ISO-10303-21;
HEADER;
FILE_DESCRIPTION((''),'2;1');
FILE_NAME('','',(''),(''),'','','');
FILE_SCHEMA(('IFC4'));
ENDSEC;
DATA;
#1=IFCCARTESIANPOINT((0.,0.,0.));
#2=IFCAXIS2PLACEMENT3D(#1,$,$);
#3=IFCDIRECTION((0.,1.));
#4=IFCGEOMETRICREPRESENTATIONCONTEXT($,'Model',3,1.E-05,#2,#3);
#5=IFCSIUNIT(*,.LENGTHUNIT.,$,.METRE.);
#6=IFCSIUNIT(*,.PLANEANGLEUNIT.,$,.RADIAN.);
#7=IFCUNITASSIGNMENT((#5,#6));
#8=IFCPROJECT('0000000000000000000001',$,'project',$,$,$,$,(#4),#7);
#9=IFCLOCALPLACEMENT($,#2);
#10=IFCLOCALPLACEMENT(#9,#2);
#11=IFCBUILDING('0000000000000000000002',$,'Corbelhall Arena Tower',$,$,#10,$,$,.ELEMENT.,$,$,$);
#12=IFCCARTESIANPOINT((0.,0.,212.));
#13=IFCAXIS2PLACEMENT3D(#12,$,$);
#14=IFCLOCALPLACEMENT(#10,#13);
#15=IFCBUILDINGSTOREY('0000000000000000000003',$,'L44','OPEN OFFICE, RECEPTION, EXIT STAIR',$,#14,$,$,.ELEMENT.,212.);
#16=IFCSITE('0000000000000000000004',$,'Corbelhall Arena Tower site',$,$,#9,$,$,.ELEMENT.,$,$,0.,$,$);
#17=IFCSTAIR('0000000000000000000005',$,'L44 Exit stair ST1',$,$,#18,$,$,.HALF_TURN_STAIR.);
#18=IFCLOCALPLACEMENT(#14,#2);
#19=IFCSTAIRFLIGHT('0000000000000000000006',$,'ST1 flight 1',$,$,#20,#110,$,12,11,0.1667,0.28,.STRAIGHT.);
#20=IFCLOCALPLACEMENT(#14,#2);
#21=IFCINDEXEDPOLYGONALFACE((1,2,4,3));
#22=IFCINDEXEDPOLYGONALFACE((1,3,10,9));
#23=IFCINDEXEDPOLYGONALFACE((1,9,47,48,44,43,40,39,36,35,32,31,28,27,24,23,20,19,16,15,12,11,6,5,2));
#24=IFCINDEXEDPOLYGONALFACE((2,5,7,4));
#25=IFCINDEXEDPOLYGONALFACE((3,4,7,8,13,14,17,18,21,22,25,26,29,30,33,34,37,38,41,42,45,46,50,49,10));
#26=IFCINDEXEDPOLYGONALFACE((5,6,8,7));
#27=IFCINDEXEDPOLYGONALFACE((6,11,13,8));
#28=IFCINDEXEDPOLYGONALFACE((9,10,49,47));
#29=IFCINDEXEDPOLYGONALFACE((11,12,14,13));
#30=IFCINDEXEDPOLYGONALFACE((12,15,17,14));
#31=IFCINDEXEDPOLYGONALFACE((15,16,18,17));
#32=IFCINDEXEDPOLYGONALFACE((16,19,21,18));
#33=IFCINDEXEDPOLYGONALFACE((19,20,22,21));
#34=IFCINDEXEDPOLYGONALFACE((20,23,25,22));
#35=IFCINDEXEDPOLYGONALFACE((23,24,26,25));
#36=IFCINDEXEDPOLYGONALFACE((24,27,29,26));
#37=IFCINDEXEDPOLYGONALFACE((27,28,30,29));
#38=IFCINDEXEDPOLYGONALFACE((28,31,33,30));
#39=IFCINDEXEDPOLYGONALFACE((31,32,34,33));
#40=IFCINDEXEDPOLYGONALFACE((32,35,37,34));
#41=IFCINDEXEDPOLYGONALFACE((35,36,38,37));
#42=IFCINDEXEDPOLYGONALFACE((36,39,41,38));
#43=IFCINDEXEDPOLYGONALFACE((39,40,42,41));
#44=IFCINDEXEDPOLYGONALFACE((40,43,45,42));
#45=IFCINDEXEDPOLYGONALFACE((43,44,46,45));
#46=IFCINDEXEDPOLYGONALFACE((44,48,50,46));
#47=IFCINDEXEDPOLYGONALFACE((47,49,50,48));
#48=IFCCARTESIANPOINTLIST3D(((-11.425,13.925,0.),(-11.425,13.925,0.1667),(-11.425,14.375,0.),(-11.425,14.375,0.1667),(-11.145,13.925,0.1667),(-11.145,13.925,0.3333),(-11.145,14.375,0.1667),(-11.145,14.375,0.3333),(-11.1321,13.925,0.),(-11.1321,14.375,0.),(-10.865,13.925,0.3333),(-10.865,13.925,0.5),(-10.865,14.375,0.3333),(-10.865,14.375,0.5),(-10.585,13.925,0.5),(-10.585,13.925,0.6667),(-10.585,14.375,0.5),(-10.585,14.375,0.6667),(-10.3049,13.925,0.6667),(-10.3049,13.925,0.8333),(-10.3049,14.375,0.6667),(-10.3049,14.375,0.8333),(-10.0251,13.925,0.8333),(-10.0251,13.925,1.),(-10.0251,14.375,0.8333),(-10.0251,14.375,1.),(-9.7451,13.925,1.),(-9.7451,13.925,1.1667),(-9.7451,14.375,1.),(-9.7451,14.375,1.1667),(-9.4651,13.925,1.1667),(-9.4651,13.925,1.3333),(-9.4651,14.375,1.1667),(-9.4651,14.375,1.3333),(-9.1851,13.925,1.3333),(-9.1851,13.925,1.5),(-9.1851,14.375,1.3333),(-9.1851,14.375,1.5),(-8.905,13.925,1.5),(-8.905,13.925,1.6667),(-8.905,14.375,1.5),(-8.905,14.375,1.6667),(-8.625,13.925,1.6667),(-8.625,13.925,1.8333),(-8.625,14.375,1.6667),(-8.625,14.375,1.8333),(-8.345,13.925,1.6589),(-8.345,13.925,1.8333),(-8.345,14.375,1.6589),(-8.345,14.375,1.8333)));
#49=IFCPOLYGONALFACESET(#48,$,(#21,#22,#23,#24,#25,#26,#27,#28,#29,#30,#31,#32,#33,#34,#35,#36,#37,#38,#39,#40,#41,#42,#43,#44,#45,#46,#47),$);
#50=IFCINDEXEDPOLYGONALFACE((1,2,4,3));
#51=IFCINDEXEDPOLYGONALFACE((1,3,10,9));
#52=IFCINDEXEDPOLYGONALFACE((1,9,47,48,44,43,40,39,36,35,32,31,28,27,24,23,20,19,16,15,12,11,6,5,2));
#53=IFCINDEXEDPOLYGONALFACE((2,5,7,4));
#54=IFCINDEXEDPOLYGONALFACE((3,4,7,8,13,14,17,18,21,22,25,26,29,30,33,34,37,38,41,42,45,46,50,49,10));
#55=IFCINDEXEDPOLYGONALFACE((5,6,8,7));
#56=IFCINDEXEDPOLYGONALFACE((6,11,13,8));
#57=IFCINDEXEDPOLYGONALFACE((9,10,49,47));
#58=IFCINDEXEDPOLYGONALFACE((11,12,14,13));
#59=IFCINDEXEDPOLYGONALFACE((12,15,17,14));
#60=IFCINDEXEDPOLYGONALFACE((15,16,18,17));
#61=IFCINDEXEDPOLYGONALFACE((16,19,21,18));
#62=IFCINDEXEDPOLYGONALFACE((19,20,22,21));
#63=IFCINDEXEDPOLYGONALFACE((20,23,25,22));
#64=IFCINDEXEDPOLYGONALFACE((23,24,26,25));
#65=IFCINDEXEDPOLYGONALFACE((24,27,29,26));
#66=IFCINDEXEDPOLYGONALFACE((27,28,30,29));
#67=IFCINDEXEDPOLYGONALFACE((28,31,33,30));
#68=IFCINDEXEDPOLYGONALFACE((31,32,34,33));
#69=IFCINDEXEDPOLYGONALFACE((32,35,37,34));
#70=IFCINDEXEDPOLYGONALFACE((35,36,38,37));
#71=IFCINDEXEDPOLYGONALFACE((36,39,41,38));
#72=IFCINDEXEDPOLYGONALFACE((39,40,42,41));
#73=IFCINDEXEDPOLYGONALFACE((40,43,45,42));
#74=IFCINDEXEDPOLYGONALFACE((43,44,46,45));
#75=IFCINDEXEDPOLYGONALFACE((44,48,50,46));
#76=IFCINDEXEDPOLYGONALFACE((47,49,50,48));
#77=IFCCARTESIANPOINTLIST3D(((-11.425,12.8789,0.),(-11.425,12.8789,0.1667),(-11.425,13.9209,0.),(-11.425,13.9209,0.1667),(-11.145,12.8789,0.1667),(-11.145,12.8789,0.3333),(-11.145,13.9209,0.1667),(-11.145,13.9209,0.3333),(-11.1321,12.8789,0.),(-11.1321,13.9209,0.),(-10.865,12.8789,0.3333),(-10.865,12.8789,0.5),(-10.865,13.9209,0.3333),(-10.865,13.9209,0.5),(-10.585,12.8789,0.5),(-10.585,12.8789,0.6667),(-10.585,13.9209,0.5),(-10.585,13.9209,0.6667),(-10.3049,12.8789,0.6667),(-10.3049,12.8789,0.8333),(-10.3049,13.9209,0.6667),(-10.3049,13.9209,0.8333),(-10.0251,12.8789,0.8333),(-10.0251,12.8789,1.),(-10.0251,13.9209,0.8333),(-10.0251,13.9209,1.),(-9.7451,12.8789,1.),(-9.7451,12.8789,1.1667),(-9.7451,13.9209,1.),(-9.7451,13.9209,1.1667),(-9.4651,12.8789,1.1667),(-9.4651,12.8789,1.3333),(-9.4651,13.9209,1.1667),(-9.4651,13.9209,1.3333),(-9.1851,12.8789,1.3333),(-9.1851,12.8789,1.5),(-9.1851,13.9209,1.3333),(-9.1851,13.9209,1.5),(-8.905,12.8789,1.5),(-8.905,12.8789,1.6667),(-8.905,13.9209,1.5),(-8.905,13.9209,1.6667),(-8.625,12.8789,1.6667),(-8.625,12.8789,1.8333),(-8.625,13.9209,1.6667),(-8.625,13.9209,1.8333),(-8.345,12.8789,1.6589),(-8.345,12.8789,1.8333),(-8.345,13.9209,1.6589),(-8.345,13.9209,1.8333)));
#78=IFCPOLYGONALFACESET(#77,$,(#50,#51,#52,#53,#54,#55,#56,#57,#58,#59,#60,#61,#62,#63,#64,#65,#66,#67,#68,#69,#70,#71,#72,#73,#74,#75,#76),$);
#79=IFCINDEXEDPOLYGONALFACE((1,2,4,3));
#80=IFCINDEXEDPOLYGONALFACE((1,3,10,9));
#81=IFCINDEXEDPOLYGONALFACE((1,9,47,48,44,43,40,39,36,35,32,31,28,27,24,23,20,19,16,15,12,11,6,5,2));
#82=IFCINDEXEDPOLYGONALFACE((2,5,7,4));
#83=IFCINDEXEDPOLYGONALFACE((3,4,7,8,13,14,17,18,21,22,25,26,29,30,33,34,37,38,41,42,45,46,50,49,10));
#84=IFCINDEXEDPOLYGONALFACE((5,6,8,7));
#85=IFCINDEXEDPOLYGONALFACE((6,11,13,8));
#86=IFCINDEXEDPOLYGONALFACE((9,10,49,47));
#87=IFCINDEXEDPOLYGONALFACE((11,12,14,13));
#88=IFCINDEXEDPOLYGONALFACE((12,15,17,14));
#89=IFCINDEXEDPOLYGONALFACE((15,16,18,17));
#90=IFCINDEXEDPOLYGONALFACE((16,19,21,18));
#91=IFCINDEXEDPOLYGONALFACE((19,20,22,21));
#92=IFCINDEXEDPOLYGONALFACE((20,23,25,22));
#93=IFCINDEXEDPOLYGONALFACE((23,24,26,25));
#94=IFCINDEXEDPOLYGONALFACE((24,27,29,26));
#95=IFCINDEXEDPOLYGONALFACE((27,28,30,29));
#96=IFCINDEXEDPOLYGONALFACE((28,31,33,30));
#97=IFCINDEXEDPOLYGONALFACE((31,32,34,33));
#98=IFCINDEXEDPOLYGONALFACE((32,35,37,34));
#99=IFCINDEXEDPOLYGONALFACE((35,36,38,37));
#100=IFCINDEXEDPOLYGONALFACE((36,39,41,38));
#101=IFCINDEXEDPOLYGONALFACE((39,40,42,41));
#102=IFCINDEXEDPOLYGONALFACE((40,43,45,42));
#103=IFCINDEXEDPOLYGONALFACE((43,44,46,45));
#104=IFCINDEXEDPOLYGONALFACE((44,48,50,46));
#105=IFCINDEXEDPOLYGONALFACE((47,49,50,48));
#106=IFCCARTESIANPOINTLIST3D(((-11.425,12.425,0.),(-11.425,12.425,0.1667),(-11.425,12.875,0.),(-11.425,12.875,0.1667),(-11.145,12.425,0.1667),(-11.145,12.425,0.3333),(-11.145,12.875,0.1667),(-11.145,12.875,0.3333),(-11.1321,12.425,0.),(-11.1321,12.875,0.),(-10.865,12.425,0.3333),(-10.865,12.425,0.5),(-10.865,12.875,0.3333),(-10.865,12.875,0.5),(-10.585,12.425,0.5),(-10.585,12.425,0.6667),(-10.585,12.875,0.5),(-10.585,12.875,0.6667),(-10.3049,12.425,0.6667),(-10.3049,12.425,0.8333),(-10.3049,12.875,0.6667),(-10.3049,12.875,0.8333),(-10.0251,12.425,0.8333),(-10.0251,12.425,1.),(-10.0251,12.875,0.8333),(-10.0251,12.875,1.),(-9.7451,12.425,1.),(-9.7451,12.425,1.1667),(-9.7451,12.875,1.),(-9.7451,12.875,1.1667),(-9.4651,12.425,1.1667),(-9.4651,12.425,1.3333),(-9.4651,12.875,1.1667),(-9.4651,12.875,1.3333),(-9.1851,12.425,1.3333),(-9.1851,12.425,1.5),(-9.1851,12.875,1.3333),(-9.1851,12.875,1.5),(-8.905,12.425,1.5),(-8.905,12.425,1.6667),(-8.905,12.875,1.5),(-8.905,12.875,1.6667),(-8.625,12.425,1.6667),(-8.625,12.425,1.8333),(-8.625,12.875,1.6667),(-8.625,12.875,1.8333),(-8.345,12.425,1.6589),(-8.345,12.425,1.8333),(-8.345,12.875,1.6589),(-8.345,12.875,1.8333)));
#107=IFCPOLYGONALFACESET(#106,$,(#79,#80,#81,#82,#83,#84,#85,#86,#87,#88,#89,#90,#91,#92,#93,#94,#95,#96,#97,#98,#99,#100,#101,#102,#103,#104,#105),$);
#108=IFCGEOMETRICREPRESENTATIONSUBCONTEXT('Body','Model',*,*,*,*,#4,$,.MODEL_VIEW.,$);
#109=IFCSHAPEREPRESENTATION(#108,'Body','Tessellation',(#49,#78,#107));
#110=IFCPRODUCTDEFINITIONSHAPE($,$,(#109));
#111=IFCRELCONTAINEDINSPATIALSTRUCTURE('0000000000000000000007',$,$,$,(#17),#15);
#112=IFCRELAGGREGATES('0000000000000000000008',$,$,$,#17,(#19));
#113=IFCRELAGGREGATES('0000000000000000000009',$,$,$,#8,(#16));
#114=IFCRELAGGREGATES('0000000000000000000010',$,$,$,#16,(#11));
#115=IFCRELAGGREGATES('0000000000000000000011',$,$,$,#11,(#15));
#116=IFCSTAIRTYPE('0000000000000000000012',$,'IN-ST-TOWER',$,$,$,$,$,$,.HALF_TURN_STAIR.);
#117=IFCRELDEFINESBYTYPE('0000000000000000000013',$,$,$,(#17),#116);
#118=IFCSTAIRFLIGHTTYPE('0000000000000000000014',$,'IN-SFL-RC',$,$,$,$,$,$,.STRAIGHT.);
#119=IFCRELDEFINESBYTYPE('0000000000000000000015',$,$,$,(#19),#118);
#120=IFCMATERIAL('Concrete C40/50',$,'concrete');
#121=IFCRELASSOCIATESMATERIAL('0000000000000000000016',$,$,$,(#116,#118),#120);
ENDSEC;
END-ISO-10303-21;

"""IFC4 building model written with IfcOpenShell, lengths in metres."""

from ifc_helpers import new_model, si_unit, direction, frame, origin, place, context, subcontext, project, spatial, polyline, outline, extrude, material, type_object, element, aggregate, save


model = new_model("IFC4")

# Units and contexts
model_context = context("Model", 3, precision=1e-05, world=origin(), true_north=direction((0.0, 1.0)))
body_context = subcontext(model_context, "Body", "Model", "MODEL_VIEW")
ifc_project = project(units=[si_unit("LENGTHUNIT", "METRE"), si_unit("PLANEANGLEUNIT", "RADIAN")], contexts=[model_context])

# Site, building, storey
site_placement = place(None, origin())
site = spatial("IfcSite", under=ifc_project, at=site_placement, Name="Corbelhall Arena Tower site", CompositionType="ELEMENT", RefElevation=0.0)
building_placement = place(site_placement, origin())
building = spatial("IfcBuilding", under=site, at=building_placement, Name="Corbelhall Arena Tower", CompositionType="ELEMENT")
storey_placement = place(building_placement, frame((0.0, 0.0, 212.0)))
storey = spatial("IfcBuildingStorey", under=building, at=storey_placement, Name="L44", Description="OPEN OFFICE, RECEPTION, EXIT STAIR", CompositionType="ELEMENT", Elevation=212.0)

# Shared definitions
ifc_material_1 = material(Name="Concrete C40/50", Category="concrete")

# Stair, stair flight
stair_type = type_object("IfcStairType", Name="IN-ST-TOWER", PredefinedType="HALF_TURN_STAIR", material=ifc_material_1)
stair_placement = place(storey_placement, origin())
stair = element("IfcStair", 1, at=stair_placement, inside=storey, type_object=stair_type, Name="L44 Exit stair ST1", PredefinedType="HALF_TURN_STAIR")
stair_flight_type = type_object("IfcStairFlightType", Name="IN-SFL-RC", PredefinedType="STRAIGHT", material=ifc_material_1)
stair_flight_placement = place(storey_placement, frame((-11.425, 13.3999, 0.0), z_axis=(0.0, 0.0, 1.0), x_axis=(1.0, 0.0, 0.0)))
stair_flight = element("IfcStairFlight", 2, at=stair_flight_placement, type_object=stair_flight_type, Name="ST1 flight 1", NumberOfRisers=12, NumberOfTreads=11, PredefinedType="STRAIGHT", RiserHeight=0.1667, TreadLength=0.28, context=body_context, shape_type="SweptSolid", body=[
    extrude(outline(polyline([(0.0, 0.0), (0.0, 0.1667), (0.28, 0.1667), (0.28, 0.3333), (0.5601, 0.3333), (0.5601, 0.5), (0.8401, 0.5), (0.8401, 0.6667), (1.1201, 0.6667), (1.1201, 0.8333), (1.3999, 0.8333), (1.3999, 1.0), (1.6799, 1.0), (1.6799, 1.1667), (1.96, 1.1667), (1.96, 1.3333), (2.24, 1.3333), (2.24, 1.5), (2.52, 1.5), (2.52, 1.6667), (2.8, 1.6667), (2.8, 1.8333), (3.0801, 1.8333), (3.0801, 2.0), (3.0801, 1.6589), (0.293, 0.0), (0.0, 0.0)])), frame((0.0, 0.9751, 0.0), z_axis=(0.0, -1.0, 0.0), x_axis=(1.0, 0.0, 0.0)), (0.0, 0.0, 1.0), 0.45),
    extrude(outline(polyline([(0.0, 0.0), (0.0, 0.1667), (0.28, 0.1667), (0.28, 0.3333), (0.5601, 0.3333), (0.5601, 0.5), (0.8401, 0.5), (0.8401, 0.6667), (1.1201, 0.6667), (1.1201, 0.8333), (1.3999, 0.8333), (1.3999, 1.0), (1.6799, 1.0), (1.6799, 1.1667), (1.96, 1.1667), (1.96, 1.3333), (2.24, 1.3333), (2.24, 1.5), (2.52, 1.5), (2.52, 1.6667), (2.8, 1.6667), (2.8, 1.8333), (3.0801, 1.8333), (3.0801, 2.0), (3.0801, 1.6589), (0.293, 0.0), (0.0, 0.0)])), frame((0.0, 0.521, 0.0), z_axis=(0.0, -1.0, 0.0), x_axis=(1.0, 0.0, 0.0)), (0.0, 0.0, 1.0), 1.042),
    extrude(outline(polyline([(0.0, 0.0), (0.0, 0.1667), (0.28, 0.1667), (0.28, 0.3333), (0.5601, 0.3333), (0.5601, 0.5), (0.8401, 0.5), (0.8401, 0.6667), (1.1201, 0.6667), (1.1201, 0.8333), (1.3999, 0.8333), (1.3999, 1.0), (1.6799, 1.0), (1.6799, 1.1667), (1.96, 1.1667), (1.96, 1.3333), (2.24, 1.3333), (2.24, 1.5), (2.52, 1.5), (2.52, 1.6667), (2.8, 1.6667), (2.8, 1.8333), (3.0801, 1.8333), (3.0801, 2.0), (3.0801, 1.6589), (0.293, 0.0), (0.0, 0.0)])), frame((0.0, -0.5249, 0.0), z_axis=(0.0, -1.0, 0.0), x_axis=(1.0, 0.0, 0.0)), (0.0, 0.0, 1.0), 0.45),
])
aggregate(stair, [stair_flight])

save(model, "model.ifc")
